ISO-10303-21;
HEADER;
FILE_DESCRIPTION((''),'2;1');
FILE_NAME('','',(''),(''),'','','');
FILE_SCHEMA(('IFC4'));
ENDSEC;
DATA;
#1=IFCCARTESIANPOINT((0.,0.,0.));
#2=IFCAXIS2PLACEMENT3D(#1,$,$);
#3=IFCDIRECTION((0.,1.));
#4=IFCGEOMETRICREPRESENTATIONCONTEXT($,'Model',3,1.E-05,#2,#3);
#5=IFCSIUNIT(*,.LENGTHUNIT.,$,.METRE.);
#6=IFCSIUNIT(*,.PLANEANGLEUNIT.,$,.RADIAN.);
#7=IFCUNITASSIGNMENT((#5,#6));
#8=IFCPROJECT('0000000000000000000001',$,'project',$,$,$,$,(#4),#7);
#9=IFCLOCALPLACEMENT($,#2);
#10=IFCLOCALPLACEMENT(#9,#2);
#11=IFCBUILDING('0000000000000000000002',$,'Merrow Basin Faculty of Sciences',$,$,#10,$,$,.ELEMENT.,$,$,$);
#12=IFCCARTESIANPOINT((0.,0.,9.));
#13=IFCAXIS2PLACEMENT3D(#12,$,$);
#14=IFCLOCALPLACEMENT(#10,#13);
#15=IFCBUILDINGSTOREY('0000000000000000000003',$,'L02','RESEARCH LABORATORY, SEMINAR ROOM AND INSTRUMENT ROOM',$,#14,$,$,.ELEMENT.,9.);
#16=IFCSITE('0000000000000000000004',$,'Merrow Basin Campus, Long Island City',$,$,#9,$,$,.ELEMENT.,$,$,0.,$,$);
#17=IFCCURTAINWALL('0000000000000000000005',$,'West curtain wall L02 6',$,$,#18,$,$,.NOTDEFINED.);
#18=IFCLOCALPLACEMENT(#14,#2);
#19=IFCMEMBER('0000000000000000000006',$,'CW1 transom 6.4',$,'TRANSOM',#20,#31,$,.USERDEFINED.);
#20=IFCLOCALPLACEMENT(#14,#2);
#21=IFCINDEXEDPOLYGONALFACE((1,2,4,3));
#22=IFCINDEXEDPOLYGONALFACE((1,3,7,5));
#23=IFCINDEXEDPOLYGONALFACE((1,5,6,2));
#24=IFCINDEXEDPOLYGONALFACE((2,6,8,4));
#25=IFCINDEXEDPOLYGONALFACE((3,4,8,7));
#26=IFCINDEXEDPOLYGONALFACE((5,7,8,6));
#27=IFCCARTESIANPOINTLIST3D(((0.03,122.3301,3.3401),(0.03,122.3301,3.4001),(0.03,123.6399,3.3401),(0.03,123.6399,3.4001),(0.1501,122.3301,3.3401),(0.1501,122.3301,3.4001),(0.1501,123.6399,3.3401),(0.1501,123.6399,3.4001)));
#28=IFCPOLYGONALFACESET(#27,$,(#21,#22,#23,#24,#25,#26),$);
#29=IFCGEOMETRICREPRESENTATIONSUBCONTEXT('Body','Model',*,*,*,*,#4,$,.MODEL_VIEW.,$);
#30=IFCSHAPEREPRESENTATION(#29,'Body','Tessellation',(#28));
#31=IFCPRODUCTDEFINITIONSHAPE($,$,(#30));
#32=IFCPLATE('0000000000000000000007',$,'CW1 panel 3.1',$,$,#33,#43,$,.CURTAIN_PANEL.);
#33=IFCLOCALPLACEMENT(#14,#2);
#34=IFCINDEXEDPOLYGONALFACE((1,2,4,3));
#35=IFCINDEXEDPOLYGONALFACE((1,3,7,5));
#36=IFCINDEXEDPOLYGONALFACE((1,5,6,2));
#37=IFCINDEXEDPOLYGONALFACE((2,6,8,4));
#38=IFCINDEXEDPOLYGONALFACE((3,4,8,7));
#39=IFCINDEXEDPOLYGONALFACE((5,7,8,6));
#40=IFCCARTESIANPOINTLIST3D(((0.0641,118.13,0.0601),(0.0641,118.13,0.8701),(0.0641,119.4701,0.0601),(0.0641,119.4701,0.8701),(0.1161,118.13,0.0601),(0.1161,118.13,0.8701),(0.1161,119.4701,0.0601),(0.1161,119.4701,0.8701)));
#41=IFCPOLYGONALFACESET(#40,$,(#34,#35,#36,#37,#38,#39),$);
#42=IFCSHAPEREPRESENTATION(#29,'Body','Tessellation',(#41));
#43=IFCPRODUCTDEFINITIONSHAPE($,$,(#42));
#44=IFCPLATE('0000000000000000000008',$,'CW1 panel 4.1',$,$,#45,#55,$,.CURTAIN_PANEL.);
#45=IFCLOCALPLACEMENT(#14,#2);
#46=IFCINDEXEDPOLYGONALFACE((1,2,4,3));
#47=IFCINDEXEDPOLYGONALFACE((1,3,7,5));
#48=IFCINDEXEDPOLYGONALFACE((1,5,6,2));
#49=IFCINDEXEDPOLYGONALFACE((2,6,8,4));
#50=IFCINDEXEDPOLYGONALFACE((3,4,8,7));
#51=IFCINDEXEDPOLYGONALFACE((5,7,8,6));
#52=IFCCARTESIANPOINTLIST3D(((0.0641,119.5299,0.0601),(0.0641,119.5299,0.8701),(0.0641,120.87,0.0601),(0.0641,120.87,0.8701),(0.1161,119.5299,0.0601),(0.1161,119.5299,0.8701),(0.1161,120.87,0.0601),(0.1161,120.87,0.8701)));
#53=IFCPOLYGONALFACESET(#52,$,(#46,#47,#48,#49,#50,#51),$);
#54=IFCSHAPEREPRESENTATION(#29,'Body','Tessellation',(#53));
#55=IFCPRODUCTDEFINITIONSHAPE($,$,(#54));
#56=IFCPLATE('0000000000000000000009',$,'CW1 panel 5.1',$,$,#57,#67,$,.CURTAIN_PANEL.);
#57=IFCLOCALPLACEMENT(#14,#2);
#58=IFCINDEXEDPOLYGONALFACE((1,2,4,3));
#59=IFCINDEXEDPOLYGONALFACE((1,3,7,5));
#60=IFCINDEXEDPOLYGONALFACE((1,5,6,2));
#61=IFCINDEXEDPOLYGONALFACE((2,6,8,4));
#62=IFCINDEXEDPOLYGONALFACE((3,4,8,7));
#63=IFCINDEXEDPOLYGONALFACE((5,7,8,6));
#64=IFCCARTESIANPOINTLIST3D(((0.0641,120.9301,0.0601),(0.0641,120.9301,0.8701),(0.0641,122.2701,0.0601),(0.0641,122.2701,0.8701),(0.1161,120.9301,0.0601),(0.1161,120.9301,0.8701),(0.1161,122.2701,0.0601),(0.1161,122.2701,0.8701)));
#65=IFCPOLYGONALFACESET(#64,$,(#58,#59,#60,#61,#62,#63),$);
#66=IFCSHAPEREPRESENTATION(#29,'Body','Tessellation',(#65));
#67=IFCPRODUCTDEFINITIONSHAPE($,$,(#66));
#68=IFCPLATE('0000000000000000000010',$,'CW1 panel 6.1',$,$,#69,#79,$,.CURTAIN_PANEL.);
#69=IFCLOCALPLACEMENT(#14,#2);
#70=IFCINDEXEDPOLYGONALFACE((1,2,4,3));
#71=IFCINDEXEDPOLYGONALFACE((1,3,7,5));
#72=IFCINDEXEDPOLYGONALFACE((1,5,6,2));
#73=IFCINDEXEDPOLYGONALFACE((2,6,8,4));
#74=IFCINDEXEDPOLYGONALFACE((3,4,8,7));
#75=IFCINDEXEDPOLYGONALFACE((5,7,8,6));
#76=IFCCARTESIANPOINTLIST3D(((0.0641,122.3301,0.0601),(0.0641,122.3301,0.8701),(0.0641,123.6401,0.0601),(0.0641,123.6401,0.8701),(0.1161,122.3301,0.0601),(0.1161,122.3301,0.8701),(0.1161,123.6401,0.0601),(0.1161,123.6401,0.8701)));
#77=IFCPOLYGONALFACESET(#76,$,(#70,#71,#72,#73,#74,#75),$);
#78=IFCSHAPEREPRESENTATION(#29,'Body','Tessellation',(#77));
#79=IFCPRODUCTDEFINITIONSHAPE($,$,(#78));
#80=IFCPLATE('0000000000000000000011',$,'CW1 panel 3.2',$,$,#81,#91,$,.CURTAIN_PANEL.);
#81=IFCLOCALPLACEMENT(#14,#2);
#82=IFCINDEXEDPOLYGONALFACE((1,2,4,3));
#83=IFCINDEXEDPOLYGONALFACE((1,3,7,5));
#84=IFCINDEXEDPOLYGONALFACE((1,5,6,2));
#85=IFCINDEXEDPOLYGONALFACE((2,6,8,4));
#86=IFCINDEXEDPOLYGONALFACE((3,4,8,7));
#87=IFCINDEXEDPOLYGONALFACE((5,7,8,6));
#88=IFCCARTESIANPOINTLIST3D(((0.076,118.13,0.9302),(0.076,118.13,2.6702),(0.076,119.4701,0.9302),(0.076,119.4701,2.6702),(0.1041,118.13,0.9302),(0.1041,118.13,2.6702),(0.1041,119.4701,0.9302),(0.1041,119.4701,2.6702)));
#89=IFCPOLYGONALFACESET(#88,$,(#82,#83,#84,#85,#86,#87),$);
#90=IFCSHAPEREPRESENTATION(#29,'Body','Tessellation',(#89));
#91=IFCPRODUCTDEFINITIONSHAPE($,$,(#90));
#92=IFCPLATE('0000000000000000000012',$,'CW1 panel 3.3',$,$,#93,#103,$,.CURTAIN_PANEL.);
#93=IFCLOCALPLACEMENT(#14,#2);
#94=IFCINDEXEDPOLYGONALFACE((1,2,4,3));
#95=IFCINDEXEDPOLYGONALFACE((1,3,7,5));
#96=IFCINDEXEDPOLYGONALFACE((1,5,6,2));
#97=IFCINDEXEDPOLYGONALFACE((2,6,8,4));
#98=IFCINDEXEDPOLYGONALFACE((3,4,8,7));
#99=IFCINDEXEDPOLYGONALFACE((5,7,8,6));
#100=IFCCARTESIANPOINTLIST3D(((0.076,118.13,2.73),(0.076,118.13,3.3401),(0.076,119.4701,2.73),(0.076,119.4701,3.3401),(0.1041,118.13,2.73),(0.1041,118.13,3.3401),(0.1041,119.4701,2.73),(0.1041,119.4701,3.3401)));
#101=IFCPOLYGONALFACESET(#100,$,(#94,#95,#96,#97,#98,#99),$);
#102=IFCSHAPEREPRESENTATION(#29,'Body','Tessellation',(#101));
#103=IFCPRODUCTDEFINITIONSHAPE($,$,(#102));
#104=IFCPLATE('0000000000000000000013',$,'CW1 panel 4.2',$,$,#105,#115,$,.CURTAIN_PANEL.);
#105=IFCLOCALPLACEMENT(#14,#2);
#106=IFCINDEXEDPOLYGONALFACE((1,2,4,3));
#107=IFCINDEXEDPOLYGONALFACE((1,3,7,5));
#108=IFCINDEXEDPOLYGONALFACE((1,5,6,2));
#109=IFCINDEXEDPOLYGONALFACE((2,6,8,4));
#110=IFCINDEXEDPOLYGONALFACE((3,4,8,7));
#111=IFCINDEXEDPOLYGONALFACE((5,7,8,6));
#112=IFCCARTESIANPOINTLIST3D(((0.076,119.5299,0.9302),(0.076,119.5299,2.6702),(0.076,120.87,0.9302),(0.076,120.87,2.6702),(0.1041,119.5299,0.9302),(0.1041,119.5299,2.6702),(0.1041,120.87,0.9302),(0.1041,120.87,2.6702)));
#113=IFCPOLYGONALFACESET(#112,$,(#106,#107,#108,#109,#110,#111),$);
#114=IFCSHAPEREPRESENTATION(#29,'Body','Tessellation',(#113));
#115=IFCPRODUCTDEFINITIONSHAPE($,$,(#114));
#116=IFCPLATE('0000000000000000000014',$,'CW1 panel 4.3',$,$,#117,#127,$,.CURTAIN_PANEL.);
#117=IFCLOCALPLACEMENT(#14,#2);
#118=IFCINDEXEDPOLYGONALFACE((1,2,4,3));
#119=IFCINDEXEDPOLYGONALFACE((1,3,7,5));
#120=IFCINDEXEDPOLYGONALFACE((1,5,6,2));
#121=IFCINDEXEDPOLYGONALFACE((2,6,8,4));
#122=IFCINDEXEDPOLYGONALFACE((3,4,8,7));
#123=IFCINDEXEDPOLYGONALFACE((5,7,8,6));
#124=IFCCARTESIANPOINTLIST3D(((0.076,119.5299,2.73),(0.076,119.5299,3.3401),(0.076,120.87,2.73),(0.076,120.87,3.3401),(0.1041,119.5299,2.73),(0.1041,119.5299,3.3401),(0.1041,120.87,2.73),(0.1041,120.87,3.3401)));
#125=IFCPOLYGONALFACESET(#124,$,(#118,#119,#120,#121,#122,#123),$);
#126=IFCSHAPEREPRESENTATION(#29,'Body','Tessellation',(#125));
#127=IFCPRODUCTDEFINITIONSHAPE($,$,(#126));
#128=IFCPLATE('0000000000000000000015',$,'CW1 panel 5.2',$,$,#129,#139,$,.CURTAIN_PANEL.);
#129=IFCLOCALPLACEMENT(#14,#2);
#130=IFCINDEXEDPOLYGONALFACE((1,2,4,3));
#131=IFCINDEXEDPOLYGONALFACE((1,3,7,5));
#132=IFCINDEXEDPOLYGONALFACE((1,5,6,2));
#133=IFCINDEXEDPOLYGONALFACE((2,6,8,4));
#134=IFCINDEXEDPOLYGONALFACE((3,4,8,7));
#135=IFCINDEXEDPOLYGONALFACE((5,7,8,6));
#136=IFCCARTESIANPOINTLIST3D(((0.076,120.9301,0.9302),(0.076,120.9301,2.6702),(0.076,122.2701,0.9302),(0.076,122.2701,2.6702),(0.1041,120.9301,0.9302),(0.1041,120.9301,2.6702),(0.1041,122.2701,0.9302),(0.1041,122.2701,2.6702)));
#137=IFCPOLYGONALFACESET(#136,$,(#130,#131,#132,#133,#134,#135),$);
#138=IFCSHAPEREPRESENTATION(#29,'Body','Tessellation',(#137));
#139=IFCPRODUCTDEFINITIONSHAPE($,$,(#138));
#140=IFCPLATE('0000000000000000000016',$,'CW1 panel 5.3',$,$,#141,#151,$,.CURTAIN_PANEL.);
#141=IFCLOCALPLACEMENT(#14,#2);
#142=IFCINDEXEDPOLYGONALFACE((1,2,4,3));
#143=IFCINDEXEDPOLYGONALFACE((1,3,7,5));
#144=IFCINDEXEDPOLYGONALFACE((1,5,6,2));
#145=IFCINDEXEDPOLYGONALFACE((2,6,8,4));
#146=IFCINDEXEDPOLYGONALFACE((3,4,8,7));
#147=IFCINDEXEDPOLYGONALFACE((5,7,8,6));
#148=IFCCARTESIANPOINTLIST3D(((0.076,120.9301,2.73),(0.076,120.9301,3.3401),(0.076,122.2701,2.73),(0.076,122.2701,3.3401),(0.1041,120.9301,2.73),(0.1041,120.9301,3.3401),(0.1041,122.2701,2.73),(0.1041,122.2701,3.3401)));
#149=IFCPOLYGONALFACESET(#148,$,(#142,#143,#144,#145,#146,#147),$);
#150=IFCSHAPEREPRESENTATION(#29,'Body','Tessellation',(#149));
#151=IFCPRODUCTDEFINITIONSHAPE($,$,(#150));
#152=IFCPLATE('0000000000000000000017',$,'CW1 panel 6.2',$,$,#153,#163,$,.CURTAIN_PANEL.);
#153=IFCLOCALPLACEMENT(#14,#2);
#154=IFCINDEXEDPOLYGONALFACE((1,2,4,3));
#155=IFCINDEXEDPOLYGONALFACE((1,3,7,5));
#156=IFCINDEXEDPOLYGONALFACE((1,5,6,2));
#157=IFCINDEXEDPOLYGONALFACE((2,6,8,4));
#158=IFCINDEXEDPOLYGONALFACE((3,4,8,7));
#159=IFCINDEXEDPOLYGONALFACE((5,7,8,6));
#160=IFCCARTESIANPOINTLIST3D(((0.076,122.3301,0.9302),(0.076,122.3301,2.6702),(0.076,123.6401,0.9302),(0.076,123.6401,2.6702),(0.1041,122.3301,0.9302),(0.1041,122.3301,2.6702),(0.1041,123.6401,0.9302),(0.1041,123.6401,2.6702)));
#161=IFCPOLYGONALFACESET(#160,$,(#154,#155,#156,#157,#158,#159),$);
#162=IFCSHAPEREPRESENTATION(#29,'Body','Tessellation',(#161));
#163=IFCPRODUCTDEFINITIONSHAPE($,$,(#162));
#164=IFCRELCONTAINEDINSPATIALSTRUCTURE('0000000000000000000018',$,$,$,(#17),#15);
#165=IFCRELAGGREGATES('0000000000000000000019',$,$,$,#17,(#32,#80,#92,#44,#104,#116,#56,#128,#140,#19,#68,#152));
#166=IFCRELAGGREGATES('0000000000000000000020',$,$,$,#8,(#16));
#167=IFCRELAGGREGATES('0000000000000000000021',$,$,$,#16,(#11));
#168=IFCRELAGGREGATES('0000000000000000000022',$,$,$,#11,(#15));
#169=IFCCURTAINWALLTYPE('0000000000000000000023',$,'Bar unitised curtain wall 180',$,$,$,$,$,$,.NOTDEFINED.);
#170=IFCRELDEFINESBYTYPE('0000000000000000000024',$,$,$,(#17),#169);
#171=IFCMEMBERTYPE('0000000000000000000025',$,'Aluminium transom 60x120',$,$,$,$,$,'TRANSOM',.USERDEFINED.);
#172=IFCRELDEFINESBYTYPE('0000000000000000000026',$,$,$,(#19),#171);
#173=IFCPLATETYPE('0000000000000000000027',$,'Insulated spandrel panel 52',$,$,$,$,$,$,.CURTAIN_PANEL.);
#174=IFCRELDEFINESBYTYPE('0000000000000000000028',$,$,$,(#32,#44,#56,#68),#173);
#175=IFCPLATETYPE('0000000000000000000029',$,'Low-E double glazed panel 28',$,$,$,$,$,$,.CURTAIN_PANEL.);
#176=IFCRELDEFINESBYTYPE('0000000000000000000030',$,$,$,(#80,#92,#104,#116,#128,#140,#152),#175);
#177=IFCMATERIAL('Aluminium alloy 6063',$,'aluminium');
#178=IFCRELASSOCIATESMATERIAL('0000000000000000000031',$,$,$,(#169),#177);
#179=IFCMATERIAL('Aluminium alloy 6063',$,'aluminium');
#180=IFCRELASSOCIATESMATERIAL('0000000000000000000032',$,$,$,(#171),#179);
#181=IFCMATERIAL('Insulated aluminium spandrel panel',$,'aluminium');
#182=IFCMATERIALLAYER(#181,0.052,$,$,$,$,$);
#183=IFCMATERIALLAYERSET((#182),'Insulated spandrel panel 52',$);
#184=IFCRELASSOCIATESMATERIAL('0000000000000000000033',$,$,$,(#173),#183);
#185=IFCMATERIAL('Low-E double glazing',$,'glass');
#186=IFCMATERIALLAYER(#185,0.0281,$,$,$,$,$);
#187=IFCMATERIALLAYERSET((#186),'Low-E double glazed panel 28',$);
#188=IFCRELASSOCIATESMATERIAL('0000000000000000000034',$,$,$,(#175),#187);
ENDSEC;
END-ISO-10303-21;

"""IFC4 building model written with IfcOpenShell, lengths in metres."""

from ifc_helpers import new_model, si_unit, direction, frame, origin, origin_2d, place, context, subcontext, project, spatial, rectangle, extrude, material, layer, layer_set, material_profile, profile_set, type_object, element, aggregate, save


model = new_model("IFC4")

# Units and contexts
model_context = context("Model", 3, precision=1e-05, world=origin(), true_north=direction((0.0, 1.0)))
body_context = subcontext(model_context, "Body", "Model", "MODEL_VIEW")
ifc_project = project(units=[si_unit("LENGTHUNIT", "METRE"), si_unit("PLANEANGLEUNIT", "RADIAN")], contexts=[model_context])

# Site, building, storey
site_placement = place(None, origin())
site = spatial("IfcSite", under=ifc_project, at=site_placement, Name="Merrow Basin Campus, Long Island City", CompositionType="ELEMENT", RefElevation=0.0)
building_placement = place(site_placement, origin())
building = spatial("IfcBuilding", under=site, at=building_placement, Name="Merrow Basin Faculty of Sciences", CompositionType="ELEMENT")
storey_placement = place(building_placement, frame((0.0, 0.0, 9.0)))
storey = spatial("IfcBuildingStorey", under=building, at=storey_placement, Name="L02", Description="RESEARCH LABORATORY, SEMINAR ROOM AND INSTRUMENT ROOM", CompositionType="ELEMENT", Elevation=9.0)

# Curtain wall, member, plates
ifc_material_1 = material(Name="Aluminium alloy 6063", Category="aluminium")
curtain_wall_type = type_object("IfcCurtainWallType", Name="Bar unitised curtain wall 180", PredefinedType="NOTDEFINED", material=ifc_material_1)
curtain_wall_placement = place(storey_placement, origin())
curtain_wall = element("IfcCurtainWall", 1, at=curtain_wall_placement, inside=storey, type_object=curtain_wall_type, Name="West curtain wall L02 6", PredefinedType="NOTDEFINED")
ifc_material_2 = material(Name="Aluminium alloy 6063", Category="aluminium")
ifc_material_profile_1 = material_profile(ifc_material_2, rectangle(XDim=0.1201, YDim=0.0601, at=origin_2d()))
ifc_profile_set_1 = profile_set([ifc_material_profile_1], Name="Aluminium alloy 6063")
member_type_1 = type_object("IfcMemberType", Name="Aluminium transom 60x120", ElementType="TRANSOM", PredefinedType="USERDEFINED", material=ifc_profile_set_1)
member_1_placement = place(storey_placement, frame((0.0901, 122.3301, 3.3701), z_axis=(0.0, 1.0, 0.0), x_axis=(-1.0, 0.0, 0.0)))
member_1 = element("IfcMember", 2, at=member_1_placement, type_object=member_type_1, Name="CW1 transom 6.4", ObjectType="TRANSOM", PredefinedType="USERDEFINED", context=body_context, shape_type="SweptSolid", body=[
    extrude(rectangle(XDim=0.1201, YDim=0.0601, at=origin_2d()), origin(), (0.0, 0.0, 1.0), 1.3098),
])
ifc_material_3 = material(Name="Insulated aluminium spandrel panel", Category="aluminium")
ifc_layer_1 = layer(ifc_material_3, 0.052)
ifc_layer_set_1 = layer_set([ifc_layer_1], Name="Insulated spandrel panel 52")
plate_type_1 = type_object("IfcPlateType", Name="Insulated spandrel panel 52", PredefinedType="CURTAIN_PANEL", material=ifc_layer_set_1)
plate_1_placement = place(storey_placement, frame((0.0901, 118.8, 0.0601), z_axis=(0.0, 0.0, 1.0), x_axis=(0.0, 1.0, 0.0)))
plate_1 = element("IfcPlate", 3, at=plate_1_placement, type_object=plate_type_1, Name="CW1 panel 3.1", PredefinedType="CURTAIN_PANEL", context=body_context, shape_type="SweptSolid", body=[
    extrude(rectangle(XDim=1.3401, YDim=0.052, at=origin_2d()), origin(), (0.0, 0.0, 1.0), 0.8101),
])
plate_2_placement = place(storey_placement, frame((0.0901, 120.2, 0.0601), z_axis=(0.0, 0.0, 1.0), x_axis=(0.0, 1.0, 0.0)))
plate_2 = element("IfcPlate", 4, at=plate_2_placement, type_object=plate_type_1, Name="CW1 panel 4.1", PredefinedType="CURTAIN_PANEL", context=body_context, shape_type="SweptSolid", body=[
    extrude(rectangle(XDim=1.3401, YDim=0.052, at=origin_2d()), origin(), (0.0, 0.0, 1.0), 0.8101),
])
plate_3_placement = place(storey_placement, frame((0.0901, 121.6001, 0.0601), z_axis=(0.0, 0.0, 1.0), x_axis=(0.0, 1.0, 0.0)))
plate_3 = element("IfcPlate", 5, at=plate_3_placement, type_object=plate_type_1, Name="CW1 panel 5.1", PredefinedType="CURTAIN_PANEL", context=body_context, shape_type="SweptSolid", body=[
    extrude(rectangle(XDim=1.3401, YDim=0.052, at=origin_2d()), origin(), (0.0, 0.0, 1.0), 0.8101),
])
plate_4_placement = place(storey_placement, frame((0.0901, 122.9851, 0.0601), z_axis=(0.0, 0.0, 1.0), x_axis=(0.0, 1.0, 0.0)))
plate_4 = element("IfcPlate", 6, at=plate_4_placement, type_object=plate_type_1, Name="CW1 panel 6.1", PredefinedType="CURTAIN_PANEL", context=body_context, shape_type="SweptSolid", body=[
    extrude(rectangle(XDim=1.3101, YDim=0.052, at=origin_2d()), origin(), (0.0, 0.0, 1.0), 0.8101),
])
ifc_material_4 = material(Name="Low-E double glazing", Category="glass")
ifc_layer_2 = layer(ifc_material_4, 0.0281)
ifc_layer_set_2 = layer_set([ifc_layer_2], Name="Low-E double glazed panel 28")
plate_type_2 = type_object("IfcPlateType", Name="Low-E double glazed panel 28", PredefinedType="CURTAIN_PANEL", material=ifc_layer_set_2)
plate_5_placement = place(storey_placement, frame((0.0901, 118.8, 0.9302), z_axis=(0.0, 0.0, 1.0), x_axis=(0.0, 1.0, 0.0)))
plate_5 = element("IfcPlate", 7, at=plate_5_placement, type_object=plate_type_2, Name="CW1 panel 3.2", PredefinedType="CURTAIN_PANEL", context=body_context, shape_type="SweptSolid", body=[
    extrude(rectangle(XDim=1.3401, YDim=0.0281, at=origin_2d()), origin(), (0.0, 0.0, 1.0), 1.74),
])
plate_6_placement = place(storey_placement, frame((0.0901, 118.8, 2.73), z_axis=(0.0, 0.0, 1.0), x_axis=(0.0, 1.0, 0.0)))
plate_6 = element("IfcPlate", 8, at=plate_6_placement, type_object=plate_type_2, Name="CW1 panel 3.3", PredefinedType="CURTAIN_PANEL", context=body_context, shape_type="SweptSolid", body=[
    extrude(rectangle(XDim=1.3401, YDim=0.0281, at=origin_2d()), origin(), (0.0, 0.0, 1.0), 0.6101),
])
plate_7_placement = place(storey_placement, frame((0.0901, 120.2, 0.9302), z_axis=(0.0, 0.0, 1.0), x_axis=(0.0, 1.0, 0.0)))
plate_7 = element("IfcPlate", 9, at=plate_7_placement, type_object=plate_type_2, Name="CW1 panel 4.2", PredefinedType="CURTAIN_PANEL", context=body_context, shape_type="SweptSolid", body=[
    extrude(rectangle(XDim=1.3401, YDim=0.0281, at=origin_2d()), origin(), (0.0, 0.0, 1.0), 1.74),
])
plate_8_placement = place(storey_placement, frame((0.0901, 120.2, 2.73), z_axis=(0.0, 0.0, 1.0), x_axis=(0.0, 1.0, 0.0)))
plate_8 = element("IfcPlate", 10, at=plate_8_placement, type_object=plate_type_2, Name="CW1 panel 4.3", PredefinedType="CURTAIN_PANEL", context=body_context, shape_type="SweptSolid", body=[
    extrude(rectangle(XDim=1.3401, YDim=0.0281, at=origin_2d()), origin(), (0.0, 0.0, 1.0), 0.6101),
])
plate_9_placement = place(storey_placement, frame((0.0901, 121.6001, 0.9302), z_axis=(0.0, 0.0, 1.0), x_axis=(0.0, 1.0, 0.0)))
plate_9 = element("IfcPlate", 11, at=plate_9_placement, type_object=plate_type_2, Name="CW1 panel 5.2", PredefinedType="CURTAIN_PANEL", context=body_context, shape_type="SweptSolid", body=[
    extrude(rectangle(XDim=1.3401, YDim=0.0281, at=origin_2d()), origin(), (0.0, 0.0, 1.0), 1.74),
])
plate_10_placement = place(storey_placement, frame((0.0901, 121.6001, 2.73), z_axis=(0.0, 0.0, 1.0), x_axis=(0.0, 1.0, 0.0)))
plate_10 = element("IfcPlate", 12, at=plate_10_placement, type_object=plate_type_2, Name="CW1 panel 5.3", PredefinedType="CURTAIN_PANEL", context=body_context, shape_type="SweptSolid", body=[
    extrude(rectangle(XDim=1.3401, YDim=0.0281, at=origin_2d()), origin(), (0.0, 0.0, 1.0), 0.6101),
])
plate_11_placement = place(storey_placement, frame((0.0901, 122.9851, 0.9302), z_axis=(0.0, 0.0, 1.0), x_axis=(0.0, 1.0, 0.0)))
plate_11 = element("IfcPlate", 13, at=plate_11_placement, type_object=plate_type_2, Name="CW1 panel 6.2", PredefinedType="CURTAIN_PANEL", context=body_context, shape_type="SweptSolid", body=[
    extrude(rectangle(XDim=1.3101, YDim=0.0281, at=origin_2d()), origin(), (0.0, 0.0, 1.0), 1.74),
])
aggregate(curtain_wall, [plate_1, plate_5, plate_6, plate_2, plate_7, plate_8, plate_3, plate_9, plate_10, member_1, plate_4, plate_11])

save(model, "model.ifc")
